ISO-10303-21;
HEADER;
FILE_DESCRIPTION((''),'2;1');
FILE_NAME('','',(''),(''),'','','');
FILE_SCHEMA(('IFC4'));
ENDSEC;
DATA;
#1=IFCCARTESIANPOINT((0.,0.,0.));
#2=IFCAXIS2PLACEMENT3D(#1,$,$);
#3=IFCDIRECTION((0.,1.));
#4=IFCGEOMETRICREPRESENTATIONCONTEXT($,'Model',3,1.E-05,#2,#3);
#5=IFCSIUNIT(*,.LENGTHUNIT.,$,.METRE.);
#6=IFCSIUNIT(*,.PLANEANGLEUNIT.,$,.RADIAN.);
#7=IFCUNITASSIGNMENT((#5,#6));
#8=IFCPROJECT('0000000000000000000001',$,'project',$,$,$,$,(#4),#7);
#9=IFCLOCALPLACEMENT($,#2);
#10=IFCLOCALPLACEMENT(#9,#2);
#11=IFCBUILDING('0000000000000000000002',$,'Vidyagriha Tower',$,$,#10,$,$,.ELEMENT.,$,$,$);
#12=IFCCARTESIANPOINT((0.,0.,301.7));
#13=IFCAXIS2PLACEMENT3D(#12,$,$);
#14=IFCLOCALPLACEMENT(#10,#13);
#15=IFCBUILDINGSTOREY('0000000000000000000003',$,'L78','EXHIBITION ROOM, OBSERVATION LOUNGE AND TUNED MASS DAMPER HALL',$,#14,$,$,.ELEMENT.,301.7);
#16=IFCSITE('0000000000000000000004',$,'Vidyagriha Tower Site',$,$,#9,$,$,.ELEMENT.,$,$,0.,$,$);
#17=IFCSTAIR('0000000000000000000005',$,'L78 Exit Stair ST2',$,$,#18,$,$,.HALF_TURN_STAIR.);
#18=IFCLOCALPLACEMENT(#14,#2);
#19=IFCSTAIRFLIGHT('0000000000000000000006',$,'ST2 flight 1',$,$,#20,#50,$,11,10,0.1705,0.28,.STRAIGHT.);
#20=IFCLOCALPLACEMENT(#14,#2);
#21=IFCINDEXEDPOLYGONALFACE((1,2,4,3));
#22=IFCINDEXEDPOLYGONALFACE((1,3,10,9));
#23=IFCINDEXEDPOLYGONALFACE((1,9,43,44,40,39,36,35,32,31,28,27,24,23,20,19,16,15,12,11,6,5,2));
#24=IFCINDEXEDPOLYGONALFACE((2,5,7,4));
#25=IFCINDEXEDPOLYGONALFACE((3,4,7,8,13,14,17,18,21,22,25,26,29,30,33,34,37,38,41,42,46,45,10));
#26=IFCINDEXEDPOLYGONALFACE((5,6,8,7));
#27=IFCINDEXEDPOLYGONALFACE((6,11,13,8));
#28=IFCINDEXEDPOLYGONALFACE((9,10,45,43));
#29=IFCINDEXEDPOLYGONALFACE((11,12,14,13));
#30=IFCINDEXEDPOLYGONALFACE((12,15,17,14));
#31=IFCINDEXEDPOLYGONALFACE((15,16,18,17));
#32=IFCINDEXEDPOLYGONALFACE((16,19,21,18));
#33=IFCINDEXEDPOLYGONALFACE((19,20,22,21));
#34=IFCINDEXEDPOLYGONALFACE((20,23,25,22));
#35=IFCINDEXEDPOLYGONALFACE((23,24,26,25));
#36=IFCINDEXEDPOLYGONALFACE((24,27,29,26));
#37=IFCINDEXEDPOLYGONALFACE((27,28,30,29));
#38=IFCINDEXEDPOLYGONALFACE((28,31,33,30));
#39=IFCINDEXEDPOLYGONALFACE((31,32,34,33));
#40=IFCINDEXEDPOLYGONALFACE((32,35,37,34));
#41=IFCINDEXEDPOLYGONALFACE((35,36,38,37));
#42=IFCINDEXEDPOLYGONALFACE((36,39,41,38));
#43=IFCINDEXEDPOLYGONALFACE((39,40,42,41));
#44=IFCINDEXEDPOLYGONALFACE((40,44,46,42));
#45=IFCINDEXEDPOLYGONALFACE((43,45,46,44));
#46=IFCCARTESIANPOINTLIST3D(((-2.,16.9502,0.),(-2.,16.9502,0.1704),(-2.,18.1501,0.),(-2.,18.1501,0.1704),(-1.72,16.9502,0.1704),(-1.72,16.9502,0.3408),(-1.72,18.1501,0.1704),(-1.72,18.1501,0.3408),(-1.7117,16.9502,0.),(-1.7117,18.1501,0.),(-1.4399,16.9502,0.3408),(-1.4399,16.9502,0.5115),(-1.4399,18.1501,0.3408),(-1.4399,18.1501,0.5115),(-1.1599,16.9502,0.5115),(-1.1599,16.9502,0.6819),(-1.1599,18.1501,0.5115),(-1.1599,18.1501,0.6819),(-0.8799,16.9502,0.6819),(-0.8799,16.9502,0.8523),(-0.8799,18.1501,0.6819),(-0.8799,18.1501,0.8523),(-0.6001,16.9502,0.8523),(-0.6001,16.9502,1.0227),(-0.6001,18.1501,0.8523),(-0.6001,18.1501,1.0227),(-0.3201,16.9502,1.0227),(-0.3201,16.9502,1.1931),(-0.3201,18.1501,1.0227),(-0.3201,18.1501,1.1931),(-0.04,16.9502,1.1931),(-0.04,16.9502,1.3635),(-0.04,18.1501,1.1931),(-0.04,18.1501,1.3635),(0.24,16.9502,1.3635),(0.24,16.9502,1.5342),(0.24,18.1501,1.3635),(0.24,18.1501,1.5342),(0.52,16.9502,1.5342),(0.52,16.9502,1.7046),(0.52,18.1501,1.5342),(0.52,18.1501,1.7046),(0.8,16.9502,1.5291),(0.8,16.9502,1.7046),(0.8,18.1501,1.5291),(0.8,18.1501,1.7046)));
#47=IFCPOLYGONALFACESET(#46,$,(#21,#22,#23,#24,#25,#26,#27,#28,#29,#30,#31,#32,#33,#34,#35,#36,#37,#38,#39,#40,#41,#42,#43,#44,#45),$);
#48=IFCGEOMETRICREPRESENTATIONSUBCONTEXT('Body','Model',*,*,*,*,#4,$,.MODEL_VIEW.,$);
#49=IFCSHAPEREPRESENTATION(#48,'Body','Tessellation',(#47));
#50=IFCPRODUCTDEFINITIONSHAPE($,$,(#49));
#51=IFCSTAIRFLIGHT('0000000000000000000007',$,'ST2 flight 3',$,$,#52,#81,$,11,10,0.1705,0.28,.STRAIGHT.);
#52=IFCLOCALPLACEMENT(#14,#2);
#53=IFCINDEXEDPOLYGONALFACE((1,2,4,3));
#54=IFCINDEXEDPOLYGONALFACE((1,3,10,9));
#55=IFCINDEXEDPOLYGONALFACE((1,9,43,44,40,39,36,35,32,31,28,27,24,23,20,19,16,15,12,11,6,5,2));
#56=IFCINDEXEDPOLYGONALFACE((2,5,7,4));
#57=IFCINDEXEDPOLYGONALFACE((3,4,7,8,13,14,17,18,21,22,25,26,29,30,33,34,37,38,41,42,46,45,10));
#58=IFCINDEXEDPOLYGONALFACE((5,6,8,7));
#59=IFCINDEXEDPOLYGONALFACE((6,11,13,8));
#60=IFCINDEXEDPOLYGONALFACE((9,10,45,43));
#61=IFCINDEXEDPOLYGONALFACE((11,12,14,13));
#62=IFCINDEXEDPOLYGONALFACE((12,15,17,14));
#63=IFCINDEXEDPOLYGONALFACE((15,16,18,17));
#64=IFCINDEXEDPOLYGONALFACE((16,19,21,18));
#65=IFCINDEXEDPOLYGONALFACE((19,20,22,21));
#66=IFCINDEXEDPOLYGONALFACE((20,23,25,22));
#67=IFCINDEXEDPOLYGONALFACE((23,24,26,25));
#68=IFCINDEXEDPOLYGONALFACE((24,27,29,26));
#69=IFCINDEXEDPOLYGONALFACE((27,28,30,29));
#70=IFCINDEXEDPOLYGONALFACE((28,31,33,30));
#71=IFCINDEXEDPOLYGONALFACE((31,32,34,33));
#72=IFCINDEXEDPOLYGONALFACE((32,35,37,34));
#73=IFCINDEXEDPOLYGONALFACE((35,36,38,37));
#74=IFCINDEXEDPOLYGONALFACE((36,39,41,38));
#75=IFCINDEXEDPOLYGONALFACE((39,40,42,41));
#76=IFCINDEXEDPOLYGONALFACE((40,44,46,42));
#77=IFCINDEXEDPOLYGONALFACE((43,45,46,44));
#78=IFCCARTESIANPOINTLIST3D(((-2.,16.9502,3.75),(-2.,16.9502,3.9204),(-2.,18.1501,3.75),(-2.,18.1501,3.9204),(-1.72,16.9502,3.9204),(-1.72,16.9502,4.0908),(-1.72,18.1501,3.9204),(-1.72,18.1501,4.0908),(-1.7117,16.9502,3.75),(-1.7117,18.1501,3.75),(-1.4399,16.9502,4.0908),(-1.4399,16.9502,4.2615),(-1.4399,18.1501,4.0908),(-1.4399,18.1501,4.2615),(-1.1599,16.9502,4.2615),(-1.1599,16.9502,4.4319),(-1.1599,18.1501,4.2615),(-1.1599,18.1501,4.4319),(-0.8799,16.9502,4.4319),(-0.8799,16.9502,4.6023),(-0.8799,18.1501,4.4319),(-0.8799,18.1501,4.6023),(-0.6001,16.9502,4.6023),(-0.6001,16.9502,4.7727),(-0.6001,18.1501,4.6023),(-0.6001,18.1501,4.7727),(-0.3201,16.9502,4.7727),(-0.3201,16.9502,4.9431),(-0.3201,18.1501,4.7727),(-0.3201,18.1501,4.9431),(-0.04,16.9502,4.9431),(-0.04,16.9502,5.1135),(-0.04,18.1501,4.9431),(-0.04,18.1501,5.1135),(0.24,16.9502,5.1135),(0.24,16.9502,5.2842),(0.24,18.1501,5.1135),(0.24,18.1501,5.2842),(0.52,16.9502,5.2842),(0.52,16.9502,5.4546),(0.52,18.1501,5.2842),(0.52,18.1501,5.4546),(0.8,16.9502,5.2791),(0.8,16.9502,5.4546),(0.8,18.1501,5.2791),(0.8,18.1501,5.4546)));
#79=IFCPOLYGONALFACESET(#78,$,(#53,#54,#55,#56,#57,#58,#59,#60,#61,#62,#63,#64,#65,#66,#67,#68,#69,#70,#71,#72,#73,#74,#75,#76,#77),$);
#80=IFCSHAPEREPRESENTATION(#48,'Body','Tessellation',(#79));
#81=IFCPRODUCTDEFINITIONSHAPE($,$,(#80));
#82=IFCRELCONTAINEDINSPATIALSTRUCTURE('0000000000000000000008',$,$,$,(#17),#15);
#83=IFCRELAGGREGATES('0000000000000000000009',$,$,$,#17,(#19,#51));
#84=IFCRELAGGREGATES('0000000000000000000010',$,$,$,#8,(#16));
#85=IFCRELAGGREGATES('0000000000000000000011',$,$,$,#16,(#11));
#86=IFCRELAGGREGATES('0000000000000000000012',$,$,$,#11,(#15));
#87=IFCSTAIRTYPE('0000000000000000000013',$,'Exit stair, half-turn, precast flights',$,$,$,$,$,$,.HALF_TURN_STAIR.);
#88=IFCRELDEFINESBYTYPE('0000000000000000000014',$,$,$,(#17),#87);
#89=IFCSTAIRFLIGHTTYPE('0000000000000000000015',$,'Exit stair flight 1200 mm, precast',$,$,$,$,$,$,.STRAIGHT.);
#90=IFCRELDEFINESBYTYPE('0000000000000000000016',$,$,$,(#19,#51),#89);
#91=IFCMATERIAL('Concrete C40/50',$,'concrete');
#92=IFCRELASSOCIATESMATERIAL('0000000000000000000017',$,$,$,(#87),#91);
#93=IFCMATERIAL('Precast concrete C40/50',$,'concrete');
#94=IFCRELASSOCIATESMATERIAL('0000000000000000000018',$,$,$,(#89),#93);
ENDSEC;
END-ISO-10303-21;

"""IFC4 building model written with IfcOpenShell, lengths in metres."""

from ifc_helpers import new_model, si_unit, direction, frame, origin, place, context, subcontext, project, spatial, polyline, outline, extrude, material, type_object, element, aggregate, save


model = new_model("IFC4")

# Units and contexts
model_context = context("Model", 3, precision=1e-05, world=origin(), true_north=direction((0.0, 1.0)))
body_context = subcontext(model_context, "Body", "Model", "MODEL_VIEW")
ifc_project = project(units=[si_unit("LENGTHUNIT", "METRE"), si_unit("PLANEANGLEUNIT", "RADIAN")], contexts=[model_context])

# Site, building, storey
site_placement = place(None, origin())
site = spatial("IfcSite", under=ifc_project, at=site_placement, Name="Vidyagriha Tower Site", CompositionType="ELEMENT", RefElevation=0.0)
building_placement = place(site_placement, origin())
building = spatial("IfcBuilding", under=site, at=building_placement, Name="Vidyagriha Tower", CompositionType="ELEMENT")
storey_placement = place(building_placement, frame((0.0, 0.0, 301.7)))
storey = spatial("IfcBuildingStorey", under=building, at=storey_placement, Name="L78", Description="EXHIBITION ROOM, OBSERVATION LOUNGE AND TUNED MASS DAMPER HALL", CompositionType="ELEMENT", Elevation=301.7)

# Stair, stair flights
ifc_material_1 = material(Name="Concrete C40/50", Category="concrete")
stair_type = type_object("IfcStairType", Name="Exit stair, half-turn, precast flights", PredefinedType="HALF_TURN_STAIR", material=ifc_material_1)
ifc_material_2 = material(Name="Precast concrete C40/50", Category="concrete")
stair_flight_type = type_object("IfcStairFlightType", Name="Exit stair flight 1200 mm, precast", PredefinedType="STRAIGHT", material=ifc_material_2)
stair_1_placement = place(storey_placement, origin())
stair_1 = element("IfcStair", 1, at=stair_1_placement, inside=storey, type_object=stair_type, Name="L78 Exit Stair ST2", PredefinedType="HALF_TURN_STAIR")
stair_flight_1_placement = place(storey_placement, frame((-2.0, 17.55, 0.0)))
stair_flight_1 = element("IfcStairFlight", 2, at=stair_flight_1_placement, type_object=stair_flight_type, Name="ST2 flight 1", NumberOfRisers=11, NumberOfTreads=10, PredefinedType="STRAIGHT", RiserHeight=0.1705, TreadLength=0.28, context=body_context, shape_type="SweptSolid", body=[
    extrude(outline(polyline([(0.0, 0.0), (0.0, 0.1704), (0.28, 0.1704), (0.28, 0.3408), (0.5601, 0.3408), (0.5601, 0.5115), (0.8401, 0.5115), (0.8401, 0.6819), (1.1201, 0.6819), (1.1201, 0.8523), (1.3999, 0.8523), (1.3999, 1.0227), (1.6799, 1.0227), (1.6799, 1.1931), (1.96, 1.1931), (1.96, 1.3635), (2.24, 1.3635), (2.24, 1.5342), (2.52, 1.5342), (2.52, 1.7046), (2.8, 1.7046), (2.8, 1.875), (2.8, 1.5291), (0.2883, 0.0), (0.0, 0.0)])), frame((0.0, 0.6001, 0.0), z_axis=(0.0, -1.0, 0.0), x_axis=(1.0, 0.0, 0.0)), (0.0, 0.0, 1.0), 1.2),
])
stair_flight_2_placement = place(storey_placement, frame((-2.0, 17.55, 3.75)))
stair_flight_2 = element("IfcStairFlight", 3, at=stair_flight_2_placement, type_object=stair_flight_type, Name="ST2 flight 3", NumberOfRisers=11, NumberOfTreads=10, PredefinedType="STRAIGHT", RiserHeight=0.1705, TreadLength=0.28, context=body_context, shape_type="SweptSolid", body=[
    extrude(outline(polyline([(0.0, 0.0), (0.0, 0.1704), (0.28, 0.1704), (0.28, 0.3408), (0.5601, 0.3408), (0.5601, 0.5115), (0.8401, 0.5115), (0.8401, 0.6819), (1.1201, 0.6819), (1.1201, 0.8523), (1.3999, 0.8523), (1.3999, 1.0227), (1.6799, 1.0227), (1.6799, 1.1931), (1.96, 1.1931), (1.96, 1.3635), (2.24, 1.3635), (2.24, 1.5342), (2.52, 1.5342), (2.52, 1.7046), (2.8, 1.7046), (2.8, 1.875), (2.8, 1.5291), (0.2883, 0.0), (0.0, 0.0)])), frame((0.0, 0.6001, 0.0), z_axis=(0.0, -1.0, 0.0), x_axis=(1.0, 0.0, 0.0)), (0.0, 0.0, 1.0), 1.2),
])
aggregate(stair_1, [stair_flight_1, stair_flight_2])

save(model, "model.ifc")
